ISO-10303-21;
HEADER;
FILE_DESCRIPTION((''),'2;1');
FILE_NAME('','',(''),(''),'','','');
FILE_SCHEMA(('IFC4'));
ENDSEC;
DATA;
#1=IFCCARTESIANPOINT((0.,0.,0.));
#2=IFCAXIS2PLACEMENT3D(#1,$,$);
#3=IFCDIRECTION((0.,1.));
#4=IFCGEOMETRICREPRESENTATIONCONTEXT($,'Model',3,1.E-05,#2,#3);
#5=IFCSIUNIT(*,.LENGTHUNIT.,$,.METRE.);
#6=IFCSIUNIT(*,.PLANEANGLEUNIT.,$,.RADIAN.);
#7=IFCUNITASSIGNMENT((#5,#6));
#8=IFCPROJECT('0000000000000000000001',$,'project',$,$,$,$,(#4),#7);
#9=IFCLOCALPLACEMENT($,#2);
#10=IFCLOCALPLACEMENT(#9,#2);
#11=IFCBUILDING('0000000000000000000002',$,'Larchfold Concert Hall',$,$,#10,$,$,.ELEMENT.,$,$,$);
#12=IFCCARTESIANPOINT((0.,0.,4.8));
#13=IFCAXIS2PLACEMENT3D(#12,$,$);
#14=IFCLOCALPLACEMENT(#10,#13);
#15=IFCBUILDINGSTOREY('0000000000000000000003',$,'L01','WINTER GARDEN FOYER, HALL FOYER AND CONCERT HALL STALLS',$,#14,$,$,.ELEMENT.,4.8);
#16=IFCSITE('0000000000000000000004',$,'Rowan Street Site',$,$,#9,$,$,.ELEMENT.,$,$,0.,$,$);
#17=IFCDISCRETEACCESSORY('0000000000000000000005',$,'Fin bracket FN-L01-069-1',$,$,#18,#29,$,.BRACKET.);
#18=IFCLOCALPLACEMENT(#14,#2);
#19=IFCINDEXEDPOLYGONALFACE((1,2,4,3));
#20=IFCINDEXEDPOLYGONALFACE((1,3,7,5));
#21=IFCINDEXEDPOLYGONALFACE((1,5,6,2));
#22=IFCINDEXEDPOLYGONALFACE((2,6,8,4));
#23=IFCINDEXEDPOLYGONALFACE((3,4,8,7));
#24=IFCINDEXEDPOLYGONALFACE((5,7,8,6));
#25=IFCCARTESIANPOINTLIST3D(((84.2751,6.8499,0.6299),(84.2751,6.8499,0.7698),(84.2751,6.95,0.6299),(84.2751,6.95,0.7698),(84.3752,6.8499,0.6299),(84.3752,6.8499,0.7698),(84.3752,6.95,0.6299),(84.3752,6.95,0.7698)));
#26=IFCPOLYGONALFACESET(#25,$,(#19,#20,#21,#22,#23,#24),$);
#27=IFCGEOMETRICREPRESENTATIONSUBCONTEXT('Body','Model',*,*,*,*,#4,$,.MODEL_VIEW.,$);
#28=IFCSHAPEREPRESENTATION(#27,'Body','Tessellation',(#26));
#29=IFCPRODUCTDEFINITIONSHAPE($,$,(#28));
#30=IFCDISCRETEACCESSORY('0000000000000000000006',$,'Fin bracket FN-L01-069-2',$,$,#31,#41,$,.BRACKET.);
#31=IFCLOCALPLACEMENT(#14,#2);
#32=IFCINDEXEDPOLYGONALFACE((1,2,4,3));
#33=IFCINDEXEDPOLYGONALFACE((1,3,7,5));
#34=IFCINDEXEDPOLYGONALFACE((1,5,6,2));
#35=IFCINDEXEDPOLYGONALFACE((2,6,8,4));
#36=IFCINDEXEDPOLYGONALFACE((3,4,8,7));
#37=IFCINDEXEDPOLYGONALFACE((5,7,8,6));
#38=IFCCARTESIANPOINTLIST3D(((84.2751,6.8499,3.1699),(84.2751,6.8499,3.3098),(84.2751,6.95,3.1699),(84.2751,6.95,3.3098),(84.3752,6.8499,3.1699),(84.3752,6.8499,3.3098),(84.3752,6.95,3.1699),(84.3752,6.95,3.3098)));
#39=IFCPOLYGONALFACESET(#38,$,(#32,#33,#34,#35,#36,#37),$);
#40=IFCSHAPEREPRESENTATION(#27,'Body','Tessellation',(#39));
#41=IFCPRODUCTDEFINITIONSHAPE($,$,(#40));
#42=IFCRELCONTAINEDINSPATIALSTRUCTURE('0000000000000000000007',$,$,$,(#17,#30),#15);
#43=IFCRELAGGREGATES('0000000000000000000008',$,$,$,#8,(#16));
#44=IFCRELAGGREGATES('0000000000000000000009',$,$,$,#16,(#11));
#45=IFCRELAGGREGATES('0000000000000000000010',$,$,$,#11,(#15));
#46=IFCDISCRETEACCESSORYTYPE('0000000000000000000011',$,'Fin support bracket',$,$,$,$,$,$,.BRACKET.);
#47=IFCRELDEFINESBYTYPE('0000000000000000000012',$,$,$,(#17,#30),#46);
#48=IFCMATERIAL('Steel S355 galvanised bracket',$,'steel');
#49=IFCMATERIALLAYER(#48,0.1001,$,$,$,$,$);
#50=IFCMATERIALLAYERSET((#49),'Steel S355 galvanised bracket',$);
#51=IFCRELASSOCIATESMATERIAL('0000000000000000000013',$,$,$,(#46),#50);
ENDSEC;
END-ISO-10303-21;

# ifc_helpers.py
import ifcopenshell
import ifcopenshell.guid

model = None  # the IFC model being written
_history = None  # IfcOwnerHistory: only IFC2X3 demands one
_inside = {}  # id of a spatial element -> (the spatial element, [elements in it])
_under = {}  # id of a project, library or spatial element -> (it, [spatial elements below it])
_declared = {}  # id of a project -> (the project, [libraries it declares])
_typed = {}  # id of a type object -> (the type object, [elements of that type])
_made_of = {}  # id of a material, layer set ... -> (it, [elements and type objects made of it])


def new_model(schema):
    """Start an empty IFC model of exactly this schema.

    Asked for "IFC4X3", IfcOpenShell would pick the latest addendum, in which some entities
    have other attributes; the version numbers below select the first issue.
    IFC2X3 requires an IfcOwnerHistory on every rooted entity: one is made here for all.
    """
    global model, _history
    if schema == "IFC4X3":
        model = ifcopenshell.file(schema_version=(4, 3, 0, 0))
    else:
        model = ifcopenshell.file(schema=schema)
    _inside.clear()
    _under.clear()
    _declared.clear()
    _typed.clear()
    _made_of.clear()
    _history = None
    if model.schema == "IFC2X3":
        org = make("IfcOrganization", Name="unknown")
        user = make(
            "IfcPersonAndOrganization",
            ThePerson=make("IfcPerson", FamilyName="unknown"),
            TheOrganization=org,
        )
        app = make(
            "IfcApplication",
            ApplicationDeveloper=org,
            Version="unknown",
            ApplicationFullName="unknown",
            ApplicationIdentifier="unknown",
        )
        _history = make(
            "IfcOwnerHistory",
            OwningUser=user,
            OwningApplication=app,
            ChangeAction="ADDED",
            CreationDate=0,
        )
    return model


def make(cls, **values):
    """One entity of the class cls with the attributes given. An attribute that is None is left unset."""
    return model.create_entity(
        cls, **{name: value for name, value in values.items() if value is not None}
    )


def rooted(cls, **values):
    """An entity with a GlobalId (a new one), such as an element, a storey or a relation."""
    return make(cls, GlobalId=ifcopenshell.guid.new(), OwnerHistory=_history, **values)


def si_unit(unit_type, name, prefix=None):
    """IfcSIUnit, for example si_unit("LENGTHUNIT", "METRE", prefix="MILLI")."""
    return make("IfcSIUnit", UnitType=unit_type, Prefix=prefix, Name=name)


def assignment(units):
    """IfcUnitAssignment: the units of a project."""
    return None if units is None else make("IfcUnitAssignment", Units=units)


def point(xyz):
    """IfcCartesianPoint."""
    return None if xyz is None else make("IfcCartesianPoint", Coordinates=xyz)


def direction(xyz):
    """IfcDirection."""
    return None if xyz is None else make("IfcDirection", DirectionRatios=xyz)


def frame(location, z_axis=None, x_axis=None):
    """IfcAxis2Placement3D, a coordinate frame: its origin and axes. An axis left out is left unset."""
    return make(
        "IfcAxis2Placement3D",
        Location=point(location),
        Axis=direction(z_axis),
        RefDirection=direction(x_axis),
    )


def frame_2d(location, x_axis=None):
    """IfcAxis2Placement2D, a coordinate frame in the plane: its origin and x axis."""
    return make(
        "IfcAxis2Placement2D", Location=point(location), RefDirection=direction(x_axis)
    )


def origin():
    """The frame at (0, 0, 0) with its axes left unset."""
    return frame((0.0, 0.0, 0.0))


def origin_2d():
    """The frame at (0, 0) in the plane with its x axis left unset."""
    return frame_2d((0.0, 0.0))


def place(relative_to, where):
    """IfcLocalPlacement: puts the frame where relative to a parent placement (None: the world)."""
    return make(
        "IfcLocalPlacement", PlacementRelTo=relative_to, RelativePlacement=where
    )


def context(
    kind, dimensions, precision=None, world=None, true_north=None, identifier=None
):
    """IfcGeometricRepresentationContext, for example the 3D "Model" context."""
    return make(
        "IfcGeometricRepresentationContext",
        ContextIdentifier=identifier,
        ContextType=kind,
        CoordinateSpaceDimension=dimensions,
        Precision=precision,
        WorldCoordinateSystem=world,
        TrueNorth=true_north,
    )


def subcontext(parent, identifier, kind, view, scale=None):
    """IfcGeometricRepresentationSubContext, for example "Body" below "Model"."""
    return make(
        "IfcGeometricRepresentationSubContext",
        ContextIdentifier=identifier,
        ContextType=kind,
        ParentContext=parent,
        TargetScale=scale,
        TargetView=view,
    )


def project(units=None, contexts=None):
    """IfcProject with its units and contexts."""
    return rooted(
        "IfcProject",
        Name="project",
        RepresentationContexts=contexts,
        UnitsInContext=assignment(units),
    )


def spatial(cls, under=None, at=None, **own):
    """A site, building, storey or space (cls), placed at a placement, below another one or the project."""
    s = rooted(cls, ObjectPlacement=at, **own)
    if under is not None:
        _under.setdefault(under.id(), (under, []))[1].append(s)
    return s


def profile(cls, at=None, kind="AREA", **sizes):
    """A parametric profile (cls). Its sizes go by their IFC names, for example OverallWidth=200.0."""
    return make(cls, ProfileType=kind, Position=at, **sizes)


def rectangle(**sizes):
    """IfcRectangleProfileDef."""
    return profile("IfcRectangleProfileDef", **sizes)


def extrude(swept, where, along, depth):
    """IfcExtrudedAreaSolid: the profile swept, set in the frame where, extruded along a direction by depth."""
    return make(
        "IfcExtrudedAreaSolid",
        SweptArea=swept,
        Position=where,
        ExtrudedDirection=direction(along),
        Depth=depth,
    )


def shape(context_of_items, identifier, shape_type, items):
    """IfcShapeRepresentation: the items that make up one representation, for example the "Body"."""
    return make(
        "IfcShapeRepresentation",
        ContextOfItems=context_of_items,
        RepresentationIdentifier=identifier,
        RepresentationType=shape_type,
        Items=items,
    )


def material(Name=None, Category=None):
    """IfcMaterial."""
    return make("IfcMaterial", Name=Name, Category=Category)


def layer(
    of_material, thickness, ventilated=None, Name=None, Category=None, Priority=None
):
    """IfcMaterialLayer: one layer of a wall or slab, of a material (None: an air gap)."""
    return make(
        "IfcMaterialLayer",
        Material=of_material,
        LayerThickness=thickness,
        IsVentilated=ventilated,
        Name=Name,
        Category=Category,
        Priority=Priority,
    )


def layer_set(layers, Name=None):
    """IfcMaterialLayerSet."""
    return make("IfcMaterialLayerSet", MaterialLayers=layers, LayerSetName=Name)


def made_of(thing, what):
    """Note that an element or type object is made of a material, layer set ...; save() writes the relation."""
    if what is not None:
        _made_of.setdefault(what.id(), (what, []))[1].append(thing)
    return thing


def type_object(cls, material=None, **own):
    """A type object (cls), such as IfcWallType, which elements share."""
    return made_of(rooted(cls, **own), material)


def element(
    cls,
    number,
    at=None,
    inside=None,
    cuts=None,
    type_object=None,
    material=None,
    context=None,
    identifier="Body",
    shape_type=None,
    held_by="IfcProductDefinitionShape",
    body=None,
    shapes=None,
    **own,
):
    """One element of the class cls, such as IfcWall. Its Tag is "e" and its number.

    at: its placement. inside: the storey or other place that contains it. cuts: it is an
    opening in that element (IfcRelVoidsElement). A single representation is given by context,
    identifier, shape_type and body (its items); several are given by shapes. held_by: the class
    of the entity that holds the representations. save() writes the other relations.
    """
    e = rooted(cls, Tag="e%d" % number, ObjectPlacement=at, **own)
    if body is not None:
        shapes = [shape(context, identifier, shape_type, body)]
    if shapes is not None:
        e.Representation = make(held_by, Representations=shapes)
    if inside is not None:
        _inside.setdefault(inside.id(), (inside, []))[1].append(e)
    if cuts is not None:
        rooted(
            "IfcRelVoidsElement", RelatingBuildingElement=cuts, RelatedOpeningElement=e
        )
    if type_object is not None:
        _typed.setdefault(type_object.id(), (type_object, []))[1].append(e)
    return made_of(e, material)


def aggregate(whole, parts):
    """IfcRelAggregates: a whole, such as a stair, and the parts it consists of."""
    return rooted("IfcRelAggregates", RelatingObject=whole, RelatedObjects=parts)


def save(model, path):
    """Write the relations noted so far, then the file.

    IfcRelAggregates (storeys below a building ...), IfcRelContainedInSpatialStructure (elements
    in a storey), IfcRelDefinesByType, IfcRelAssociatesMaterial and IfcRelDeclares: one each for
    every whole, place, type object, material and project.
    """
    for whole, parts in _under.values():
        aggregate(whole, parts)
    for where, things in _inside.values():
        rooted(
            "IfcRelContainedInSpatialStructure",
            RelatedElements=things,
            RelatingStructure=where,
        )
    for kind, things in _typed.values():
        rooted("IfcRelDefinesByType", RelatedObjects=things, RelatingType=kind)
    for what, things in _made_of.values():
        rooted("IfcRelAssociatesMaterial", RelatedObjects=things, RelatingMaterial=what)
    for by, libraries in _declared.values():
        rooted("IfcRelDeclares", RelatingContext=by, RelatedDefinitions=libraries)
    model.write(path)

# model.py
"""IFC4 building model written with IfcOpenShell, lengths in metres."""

from ifc_helpers import new_model, si_unit, direction, frame, origin, origin_2d, place, context, subcontext, project, spatial, rectangle, extrude, material, layer, layer_set, type_object, element, save


model = new_model("IFC4")

# Units and contexts
model_context = context("Model", 3, precision=1e-05, world=origin(), true_north=direction((0.0, 1.0)))
body_context = subcontext(model_context, "Body", "Model", "MODEL_VIEW")
ifc_project = project(units=[si_unit("LENGTHUNIT", "METRE"), si_unit("PLANEANGLEUNIT", "RADIAN")], contexts=[model_context])

# Site, building, storey
site_placement = place(None, origin())
site = spatial("IfcSite", under=ifc_project, at=site_placement, Name="Rowan Street Site", CompositionType="ELEMENT", RefElevation=0.0)
building_placement = place(site_placement, origin())
building = spatial("IfcBuilding", under=site, at=building_placement, Name="Larchfold Concert Hall", CompositionType="ELEMENT")
storey_placement = place(building_placement, frame((0.0, 0.0, 4.8)))
storey = spatial("IfcBuildingStorey", under=building, at=storey_placement, Name="L01", Description="WINTER GARDEN FOYER, HALL FOYER AND CONCERT HALL STALLS", CompositionType="ELEMENT", Elevation=4.8)

# Discrete accessories
ifc_material_1 = material(Name="Steel S355 galvanised bracket", Category="steel")
ifc_layer_1 = layer(ifc_material_1, 0.1001)
ifc_layer_set_1 = layer_set([ifc_layer_1], Name="Steel S355 galvanised bracket")
discrete_accessory_type = type_object("IfcDiscreteAccessoryType", Name="Fin support bracket", PredefinedType="BRACKET", material=ifc_layer_set_1)
for number, where, z_axis, x_axis, name in (
    (1, (84.3252, 6.8999, 0.6299), (0.0, 0.0, 1.0), (-1.0, 0.0, 0.0), "Fin bracket FN-L01-069-1"),
    (2, (84.3252, 6.8999, 3.1699), (0.0, 0.0, 1.0), (-1.0, 0.0, 0.0), "Fin bracket FN-L01-069-2"),
):
    element("IfcDiscreteAccessory", number, at=place(storey_placement, frame(where, z_axis=z_axis, x_axis=x_axis)), inside=storey, type_object=discrete_accessory_type, Name=name, PredefinedType="BRACKET", context=body_context, shape_type="SweptSolid", body=[
        extrude(rectangle(XDim=0.1001, YDim=0.1001, at=origin_2d()), origin(), (0.0, 0.0, 1.0), 0.1399),
    ])

save(model, "model.ifc")
